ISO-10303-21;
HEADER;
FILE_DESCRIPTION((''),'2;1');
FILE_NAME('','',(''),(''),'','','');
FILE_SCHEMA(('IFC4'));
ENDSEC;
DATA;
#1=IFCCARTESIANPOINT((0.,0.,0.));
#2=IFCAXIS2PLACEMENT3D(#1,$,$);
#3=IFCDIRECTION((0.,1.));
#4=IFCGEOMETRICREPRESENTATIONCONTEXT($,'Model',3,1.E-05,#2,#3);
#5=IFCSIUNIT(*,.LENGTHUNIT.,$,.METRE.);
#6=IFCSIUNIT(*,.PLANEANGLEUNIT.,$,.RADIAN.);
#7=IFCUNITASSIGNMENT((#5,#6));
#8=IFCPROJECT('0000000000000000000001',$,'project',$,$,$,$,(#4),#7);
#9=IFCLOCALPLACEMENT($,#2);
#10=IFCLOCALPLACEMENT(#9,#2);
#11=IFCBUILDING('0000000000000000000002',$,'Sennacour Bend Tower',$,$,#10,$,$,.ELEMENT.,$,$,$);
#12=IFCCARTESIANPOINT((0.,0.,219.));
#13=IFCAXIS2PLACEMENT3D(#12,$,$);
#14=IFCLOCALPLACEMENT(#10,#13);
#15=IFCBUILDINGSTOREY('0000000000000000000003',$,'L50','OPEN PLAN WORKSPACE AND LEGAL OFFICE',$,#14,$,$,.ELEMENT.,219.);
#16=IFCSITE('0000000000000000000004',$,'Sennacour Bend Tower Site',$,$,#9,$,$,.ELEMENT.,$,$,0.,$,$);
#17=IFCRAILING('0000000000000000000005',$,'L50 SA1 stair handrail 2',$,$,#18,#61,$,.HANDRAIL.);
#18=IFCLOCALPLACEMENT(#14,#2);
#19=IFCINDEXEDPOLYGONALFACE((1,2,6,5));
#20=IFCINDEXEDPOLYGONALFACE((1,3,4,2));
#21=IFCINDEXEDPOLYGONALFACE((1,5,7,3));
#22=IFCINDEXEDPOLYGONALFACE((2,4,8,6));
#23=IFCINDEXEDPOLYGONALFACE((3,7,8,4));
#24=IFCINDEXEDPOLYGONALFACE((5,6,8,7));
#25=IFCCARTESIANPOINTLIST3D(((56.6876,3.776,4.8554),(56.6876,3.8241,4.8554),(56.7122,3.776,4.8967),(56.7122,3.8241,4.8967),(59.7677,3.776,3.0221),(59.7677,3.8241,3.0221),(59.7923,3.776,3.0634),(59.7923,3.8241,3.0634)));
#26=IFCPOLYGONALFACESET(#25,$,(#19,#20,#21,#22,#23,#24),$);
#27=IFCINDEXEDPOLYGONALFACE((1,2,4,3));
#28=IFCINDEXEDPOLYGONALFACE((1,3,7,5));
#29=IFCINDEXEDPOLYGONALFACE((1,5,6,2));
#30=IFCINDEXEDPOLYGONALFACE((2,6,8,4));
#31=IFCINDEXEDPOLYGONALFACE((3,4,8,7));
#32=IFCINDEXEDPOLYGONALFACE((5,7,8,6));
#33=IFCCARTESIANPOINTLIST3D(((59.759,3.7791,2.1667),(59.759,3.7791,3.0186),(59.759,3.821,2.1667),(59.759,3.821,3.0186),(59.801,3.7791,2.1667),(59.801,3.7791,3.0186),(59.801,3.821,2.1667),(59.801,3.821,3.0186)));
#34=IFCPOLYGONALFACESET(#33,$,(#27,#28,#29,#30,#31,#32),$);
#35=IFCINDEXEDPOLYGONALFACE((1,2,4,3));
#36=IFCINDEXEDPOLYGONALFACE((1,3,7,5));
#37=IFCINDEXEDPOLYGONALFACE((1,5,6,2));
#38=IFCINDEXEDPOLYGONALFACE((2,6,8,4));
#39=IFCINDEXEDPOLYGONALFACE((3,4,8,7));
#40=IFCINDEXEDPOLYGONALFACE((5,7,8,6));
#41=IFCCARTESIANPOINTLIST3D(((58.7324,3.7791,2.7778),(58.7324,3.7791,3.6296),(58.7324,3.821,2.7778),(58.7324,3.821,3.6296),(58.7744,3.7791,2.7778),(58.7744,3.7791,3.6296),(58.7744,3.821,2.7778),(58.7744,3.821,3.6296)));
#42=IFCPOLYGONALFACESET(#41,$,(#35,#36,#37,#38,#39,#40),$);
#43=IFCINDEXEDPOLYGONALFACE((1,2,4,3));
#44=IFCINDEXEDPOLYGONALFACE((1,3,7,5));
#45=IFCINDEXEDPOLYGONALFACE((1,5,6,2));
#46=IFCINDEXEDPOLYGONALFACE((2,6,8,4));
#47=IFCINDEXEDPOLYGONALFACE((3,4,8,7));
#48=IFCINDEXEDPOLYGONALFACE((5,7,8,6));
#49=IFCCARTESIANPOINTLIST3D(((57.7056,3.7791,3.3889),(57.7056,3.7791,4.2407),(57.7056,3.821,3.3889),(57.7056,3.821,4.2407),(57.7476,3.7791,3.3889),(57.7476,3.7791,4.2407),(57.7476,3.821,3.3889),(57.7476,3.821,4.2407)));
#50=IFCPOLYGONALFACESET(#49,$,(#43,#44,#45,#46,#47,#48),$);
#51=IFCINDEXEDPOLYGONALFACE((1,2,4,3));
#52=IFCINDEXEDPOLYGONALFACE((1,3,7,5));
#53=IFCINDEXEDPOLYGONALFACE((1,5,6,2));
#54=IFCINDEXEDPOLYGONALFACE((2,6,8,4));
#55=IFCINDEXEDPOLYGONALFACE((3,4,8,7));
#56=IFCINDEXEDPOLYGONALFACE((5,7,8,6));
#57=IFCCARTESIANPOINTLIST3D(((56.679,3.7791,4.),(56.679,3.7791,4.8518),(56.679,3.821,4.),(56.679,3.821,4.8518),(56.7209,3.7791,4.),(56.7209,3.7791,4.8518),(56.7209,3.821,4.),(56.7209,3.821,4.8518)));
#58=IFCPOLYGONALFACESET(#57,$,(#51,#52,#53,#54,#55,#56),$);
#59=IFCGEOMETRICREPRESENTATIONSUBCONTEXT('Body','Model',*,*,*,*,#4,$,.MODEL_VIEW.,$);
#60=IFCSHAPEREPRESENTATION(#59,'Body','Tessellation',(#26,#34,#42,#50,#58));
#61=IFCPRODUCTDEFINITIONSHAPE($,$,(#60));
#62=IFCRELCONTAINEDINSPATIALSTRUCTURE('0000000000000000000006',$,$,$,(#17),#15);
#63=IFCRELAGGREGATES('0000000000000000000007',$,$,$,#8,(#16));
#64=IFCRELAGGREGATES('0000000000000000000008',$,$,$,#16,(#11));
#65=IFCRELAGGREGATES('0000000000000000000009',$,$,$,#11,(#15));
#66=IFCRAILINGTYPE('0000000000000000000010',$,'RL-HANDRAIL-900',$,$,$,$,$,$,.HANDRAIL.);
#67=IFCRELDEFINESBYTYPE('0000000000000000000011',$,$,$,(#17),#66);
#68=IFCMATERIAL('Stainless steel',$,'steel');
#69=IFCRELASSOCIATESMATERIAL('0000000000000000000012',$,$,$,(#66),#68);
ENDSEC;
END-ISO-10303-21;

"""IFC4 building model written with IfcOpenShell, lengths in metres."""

from ifc_helpers import new_model, si_unit, direction, frame, origin, origin_2d, place, context, subcontext, project, spatial, rectangle, extrude, material, type_object, element, save


model = new_model("IFC4")

# Units and contexts
model_context = context("Model", 3, precision=1e-05, world=origin(), true_north=direction((0.0, 1.0)))
body_context = subcontext(model_context, "Body", "Model", "MODEL_VIEW")
ifc_project = project(units=[si_unit("LENGTHUNIT", "METRE"), si_unit("PLANEANGLEUNIT", "RADIAN")], contexts=[model_context])

# Site, building, storey
site_placement = place(None, origin())
site = spatial("IfcSite", under=ifc_project, at=site_placement, Name="Sennacour Bend Tower Site", CompositionType="ELEMENT", RefElevation=0.0)
building_placement = place(site_placement, origin())
building = spatial("IfcBuilding", under=site, at=building_placement, Name="Sennacour Bend Tower", CompositionType="ELEMENT")
storey_placement = place(building_placement, frame((0.0, 0.0, 219.0)))
storey = spatial("IfcBuildingStorey", under=building, at=storey_placement, Name="L50", Description="OPEN PLAN WORKSPACE AND LEGAL OFFICE", CompositionType="ELEMENT", Elevation=219.0)

# Railing
ifc_material_1 = material(Name="Stainless steel", Category="steel")
railing_type_1 = type_object("IfcRailingType", Name="RL-HANDRAIL-900", PredefinedType="HANDRAIL", material=ifc_material_1)
railing_1_placement = place(storey_placement, frame((59.78, 3.8, 2.1667)))
element("IfcRailing", 1, at=railing_1_placement, inside=storey, type_object=railing_type_1, Name="L50 SA1 stair handrail 2", PredefinedType="HANDRAIL", context=body_context, shape_type="SweptSolid", body=[
    extrude(rectangle(XDim=0.0481, YDim=0.0481, at=origin_2d()), frame((0.0, 0.0, 0.876), z_axis=(-0.859309, 0.0, 0.511458), x_axis=(0.0, -1.0, 0.0)), (0.0, 0.0, 1.0), 3.5845),
    extrude(rectangle(XDim=0.042, YDim=0.042, at=origin_2d()), origin(), (0.0, 0.0, 1.0), 0.8518),
    extrude(rectangle(XDim=0.042, YDim=0.042, at=origin_2d()), frame((-1.0266, 0.0, 0.6111)), (0.0, 0.0, 1.0), 0.8518),
    extrude(rectangle(XDim=0.042, YDim=0.042, at=origin_2d()), frame((-2.0535, 0.0, 1.2222)), (0.0, 0.0, 1.0), 0.8518),
    extrude(rectangle(XDim=0.042, YDim=0.042, at=origin_2d()), frame((-3.0801, 0.0, 1.8333)), (0.0, 0.0, 1.0), 0.8518),
])

save(model, "model.ifc")
